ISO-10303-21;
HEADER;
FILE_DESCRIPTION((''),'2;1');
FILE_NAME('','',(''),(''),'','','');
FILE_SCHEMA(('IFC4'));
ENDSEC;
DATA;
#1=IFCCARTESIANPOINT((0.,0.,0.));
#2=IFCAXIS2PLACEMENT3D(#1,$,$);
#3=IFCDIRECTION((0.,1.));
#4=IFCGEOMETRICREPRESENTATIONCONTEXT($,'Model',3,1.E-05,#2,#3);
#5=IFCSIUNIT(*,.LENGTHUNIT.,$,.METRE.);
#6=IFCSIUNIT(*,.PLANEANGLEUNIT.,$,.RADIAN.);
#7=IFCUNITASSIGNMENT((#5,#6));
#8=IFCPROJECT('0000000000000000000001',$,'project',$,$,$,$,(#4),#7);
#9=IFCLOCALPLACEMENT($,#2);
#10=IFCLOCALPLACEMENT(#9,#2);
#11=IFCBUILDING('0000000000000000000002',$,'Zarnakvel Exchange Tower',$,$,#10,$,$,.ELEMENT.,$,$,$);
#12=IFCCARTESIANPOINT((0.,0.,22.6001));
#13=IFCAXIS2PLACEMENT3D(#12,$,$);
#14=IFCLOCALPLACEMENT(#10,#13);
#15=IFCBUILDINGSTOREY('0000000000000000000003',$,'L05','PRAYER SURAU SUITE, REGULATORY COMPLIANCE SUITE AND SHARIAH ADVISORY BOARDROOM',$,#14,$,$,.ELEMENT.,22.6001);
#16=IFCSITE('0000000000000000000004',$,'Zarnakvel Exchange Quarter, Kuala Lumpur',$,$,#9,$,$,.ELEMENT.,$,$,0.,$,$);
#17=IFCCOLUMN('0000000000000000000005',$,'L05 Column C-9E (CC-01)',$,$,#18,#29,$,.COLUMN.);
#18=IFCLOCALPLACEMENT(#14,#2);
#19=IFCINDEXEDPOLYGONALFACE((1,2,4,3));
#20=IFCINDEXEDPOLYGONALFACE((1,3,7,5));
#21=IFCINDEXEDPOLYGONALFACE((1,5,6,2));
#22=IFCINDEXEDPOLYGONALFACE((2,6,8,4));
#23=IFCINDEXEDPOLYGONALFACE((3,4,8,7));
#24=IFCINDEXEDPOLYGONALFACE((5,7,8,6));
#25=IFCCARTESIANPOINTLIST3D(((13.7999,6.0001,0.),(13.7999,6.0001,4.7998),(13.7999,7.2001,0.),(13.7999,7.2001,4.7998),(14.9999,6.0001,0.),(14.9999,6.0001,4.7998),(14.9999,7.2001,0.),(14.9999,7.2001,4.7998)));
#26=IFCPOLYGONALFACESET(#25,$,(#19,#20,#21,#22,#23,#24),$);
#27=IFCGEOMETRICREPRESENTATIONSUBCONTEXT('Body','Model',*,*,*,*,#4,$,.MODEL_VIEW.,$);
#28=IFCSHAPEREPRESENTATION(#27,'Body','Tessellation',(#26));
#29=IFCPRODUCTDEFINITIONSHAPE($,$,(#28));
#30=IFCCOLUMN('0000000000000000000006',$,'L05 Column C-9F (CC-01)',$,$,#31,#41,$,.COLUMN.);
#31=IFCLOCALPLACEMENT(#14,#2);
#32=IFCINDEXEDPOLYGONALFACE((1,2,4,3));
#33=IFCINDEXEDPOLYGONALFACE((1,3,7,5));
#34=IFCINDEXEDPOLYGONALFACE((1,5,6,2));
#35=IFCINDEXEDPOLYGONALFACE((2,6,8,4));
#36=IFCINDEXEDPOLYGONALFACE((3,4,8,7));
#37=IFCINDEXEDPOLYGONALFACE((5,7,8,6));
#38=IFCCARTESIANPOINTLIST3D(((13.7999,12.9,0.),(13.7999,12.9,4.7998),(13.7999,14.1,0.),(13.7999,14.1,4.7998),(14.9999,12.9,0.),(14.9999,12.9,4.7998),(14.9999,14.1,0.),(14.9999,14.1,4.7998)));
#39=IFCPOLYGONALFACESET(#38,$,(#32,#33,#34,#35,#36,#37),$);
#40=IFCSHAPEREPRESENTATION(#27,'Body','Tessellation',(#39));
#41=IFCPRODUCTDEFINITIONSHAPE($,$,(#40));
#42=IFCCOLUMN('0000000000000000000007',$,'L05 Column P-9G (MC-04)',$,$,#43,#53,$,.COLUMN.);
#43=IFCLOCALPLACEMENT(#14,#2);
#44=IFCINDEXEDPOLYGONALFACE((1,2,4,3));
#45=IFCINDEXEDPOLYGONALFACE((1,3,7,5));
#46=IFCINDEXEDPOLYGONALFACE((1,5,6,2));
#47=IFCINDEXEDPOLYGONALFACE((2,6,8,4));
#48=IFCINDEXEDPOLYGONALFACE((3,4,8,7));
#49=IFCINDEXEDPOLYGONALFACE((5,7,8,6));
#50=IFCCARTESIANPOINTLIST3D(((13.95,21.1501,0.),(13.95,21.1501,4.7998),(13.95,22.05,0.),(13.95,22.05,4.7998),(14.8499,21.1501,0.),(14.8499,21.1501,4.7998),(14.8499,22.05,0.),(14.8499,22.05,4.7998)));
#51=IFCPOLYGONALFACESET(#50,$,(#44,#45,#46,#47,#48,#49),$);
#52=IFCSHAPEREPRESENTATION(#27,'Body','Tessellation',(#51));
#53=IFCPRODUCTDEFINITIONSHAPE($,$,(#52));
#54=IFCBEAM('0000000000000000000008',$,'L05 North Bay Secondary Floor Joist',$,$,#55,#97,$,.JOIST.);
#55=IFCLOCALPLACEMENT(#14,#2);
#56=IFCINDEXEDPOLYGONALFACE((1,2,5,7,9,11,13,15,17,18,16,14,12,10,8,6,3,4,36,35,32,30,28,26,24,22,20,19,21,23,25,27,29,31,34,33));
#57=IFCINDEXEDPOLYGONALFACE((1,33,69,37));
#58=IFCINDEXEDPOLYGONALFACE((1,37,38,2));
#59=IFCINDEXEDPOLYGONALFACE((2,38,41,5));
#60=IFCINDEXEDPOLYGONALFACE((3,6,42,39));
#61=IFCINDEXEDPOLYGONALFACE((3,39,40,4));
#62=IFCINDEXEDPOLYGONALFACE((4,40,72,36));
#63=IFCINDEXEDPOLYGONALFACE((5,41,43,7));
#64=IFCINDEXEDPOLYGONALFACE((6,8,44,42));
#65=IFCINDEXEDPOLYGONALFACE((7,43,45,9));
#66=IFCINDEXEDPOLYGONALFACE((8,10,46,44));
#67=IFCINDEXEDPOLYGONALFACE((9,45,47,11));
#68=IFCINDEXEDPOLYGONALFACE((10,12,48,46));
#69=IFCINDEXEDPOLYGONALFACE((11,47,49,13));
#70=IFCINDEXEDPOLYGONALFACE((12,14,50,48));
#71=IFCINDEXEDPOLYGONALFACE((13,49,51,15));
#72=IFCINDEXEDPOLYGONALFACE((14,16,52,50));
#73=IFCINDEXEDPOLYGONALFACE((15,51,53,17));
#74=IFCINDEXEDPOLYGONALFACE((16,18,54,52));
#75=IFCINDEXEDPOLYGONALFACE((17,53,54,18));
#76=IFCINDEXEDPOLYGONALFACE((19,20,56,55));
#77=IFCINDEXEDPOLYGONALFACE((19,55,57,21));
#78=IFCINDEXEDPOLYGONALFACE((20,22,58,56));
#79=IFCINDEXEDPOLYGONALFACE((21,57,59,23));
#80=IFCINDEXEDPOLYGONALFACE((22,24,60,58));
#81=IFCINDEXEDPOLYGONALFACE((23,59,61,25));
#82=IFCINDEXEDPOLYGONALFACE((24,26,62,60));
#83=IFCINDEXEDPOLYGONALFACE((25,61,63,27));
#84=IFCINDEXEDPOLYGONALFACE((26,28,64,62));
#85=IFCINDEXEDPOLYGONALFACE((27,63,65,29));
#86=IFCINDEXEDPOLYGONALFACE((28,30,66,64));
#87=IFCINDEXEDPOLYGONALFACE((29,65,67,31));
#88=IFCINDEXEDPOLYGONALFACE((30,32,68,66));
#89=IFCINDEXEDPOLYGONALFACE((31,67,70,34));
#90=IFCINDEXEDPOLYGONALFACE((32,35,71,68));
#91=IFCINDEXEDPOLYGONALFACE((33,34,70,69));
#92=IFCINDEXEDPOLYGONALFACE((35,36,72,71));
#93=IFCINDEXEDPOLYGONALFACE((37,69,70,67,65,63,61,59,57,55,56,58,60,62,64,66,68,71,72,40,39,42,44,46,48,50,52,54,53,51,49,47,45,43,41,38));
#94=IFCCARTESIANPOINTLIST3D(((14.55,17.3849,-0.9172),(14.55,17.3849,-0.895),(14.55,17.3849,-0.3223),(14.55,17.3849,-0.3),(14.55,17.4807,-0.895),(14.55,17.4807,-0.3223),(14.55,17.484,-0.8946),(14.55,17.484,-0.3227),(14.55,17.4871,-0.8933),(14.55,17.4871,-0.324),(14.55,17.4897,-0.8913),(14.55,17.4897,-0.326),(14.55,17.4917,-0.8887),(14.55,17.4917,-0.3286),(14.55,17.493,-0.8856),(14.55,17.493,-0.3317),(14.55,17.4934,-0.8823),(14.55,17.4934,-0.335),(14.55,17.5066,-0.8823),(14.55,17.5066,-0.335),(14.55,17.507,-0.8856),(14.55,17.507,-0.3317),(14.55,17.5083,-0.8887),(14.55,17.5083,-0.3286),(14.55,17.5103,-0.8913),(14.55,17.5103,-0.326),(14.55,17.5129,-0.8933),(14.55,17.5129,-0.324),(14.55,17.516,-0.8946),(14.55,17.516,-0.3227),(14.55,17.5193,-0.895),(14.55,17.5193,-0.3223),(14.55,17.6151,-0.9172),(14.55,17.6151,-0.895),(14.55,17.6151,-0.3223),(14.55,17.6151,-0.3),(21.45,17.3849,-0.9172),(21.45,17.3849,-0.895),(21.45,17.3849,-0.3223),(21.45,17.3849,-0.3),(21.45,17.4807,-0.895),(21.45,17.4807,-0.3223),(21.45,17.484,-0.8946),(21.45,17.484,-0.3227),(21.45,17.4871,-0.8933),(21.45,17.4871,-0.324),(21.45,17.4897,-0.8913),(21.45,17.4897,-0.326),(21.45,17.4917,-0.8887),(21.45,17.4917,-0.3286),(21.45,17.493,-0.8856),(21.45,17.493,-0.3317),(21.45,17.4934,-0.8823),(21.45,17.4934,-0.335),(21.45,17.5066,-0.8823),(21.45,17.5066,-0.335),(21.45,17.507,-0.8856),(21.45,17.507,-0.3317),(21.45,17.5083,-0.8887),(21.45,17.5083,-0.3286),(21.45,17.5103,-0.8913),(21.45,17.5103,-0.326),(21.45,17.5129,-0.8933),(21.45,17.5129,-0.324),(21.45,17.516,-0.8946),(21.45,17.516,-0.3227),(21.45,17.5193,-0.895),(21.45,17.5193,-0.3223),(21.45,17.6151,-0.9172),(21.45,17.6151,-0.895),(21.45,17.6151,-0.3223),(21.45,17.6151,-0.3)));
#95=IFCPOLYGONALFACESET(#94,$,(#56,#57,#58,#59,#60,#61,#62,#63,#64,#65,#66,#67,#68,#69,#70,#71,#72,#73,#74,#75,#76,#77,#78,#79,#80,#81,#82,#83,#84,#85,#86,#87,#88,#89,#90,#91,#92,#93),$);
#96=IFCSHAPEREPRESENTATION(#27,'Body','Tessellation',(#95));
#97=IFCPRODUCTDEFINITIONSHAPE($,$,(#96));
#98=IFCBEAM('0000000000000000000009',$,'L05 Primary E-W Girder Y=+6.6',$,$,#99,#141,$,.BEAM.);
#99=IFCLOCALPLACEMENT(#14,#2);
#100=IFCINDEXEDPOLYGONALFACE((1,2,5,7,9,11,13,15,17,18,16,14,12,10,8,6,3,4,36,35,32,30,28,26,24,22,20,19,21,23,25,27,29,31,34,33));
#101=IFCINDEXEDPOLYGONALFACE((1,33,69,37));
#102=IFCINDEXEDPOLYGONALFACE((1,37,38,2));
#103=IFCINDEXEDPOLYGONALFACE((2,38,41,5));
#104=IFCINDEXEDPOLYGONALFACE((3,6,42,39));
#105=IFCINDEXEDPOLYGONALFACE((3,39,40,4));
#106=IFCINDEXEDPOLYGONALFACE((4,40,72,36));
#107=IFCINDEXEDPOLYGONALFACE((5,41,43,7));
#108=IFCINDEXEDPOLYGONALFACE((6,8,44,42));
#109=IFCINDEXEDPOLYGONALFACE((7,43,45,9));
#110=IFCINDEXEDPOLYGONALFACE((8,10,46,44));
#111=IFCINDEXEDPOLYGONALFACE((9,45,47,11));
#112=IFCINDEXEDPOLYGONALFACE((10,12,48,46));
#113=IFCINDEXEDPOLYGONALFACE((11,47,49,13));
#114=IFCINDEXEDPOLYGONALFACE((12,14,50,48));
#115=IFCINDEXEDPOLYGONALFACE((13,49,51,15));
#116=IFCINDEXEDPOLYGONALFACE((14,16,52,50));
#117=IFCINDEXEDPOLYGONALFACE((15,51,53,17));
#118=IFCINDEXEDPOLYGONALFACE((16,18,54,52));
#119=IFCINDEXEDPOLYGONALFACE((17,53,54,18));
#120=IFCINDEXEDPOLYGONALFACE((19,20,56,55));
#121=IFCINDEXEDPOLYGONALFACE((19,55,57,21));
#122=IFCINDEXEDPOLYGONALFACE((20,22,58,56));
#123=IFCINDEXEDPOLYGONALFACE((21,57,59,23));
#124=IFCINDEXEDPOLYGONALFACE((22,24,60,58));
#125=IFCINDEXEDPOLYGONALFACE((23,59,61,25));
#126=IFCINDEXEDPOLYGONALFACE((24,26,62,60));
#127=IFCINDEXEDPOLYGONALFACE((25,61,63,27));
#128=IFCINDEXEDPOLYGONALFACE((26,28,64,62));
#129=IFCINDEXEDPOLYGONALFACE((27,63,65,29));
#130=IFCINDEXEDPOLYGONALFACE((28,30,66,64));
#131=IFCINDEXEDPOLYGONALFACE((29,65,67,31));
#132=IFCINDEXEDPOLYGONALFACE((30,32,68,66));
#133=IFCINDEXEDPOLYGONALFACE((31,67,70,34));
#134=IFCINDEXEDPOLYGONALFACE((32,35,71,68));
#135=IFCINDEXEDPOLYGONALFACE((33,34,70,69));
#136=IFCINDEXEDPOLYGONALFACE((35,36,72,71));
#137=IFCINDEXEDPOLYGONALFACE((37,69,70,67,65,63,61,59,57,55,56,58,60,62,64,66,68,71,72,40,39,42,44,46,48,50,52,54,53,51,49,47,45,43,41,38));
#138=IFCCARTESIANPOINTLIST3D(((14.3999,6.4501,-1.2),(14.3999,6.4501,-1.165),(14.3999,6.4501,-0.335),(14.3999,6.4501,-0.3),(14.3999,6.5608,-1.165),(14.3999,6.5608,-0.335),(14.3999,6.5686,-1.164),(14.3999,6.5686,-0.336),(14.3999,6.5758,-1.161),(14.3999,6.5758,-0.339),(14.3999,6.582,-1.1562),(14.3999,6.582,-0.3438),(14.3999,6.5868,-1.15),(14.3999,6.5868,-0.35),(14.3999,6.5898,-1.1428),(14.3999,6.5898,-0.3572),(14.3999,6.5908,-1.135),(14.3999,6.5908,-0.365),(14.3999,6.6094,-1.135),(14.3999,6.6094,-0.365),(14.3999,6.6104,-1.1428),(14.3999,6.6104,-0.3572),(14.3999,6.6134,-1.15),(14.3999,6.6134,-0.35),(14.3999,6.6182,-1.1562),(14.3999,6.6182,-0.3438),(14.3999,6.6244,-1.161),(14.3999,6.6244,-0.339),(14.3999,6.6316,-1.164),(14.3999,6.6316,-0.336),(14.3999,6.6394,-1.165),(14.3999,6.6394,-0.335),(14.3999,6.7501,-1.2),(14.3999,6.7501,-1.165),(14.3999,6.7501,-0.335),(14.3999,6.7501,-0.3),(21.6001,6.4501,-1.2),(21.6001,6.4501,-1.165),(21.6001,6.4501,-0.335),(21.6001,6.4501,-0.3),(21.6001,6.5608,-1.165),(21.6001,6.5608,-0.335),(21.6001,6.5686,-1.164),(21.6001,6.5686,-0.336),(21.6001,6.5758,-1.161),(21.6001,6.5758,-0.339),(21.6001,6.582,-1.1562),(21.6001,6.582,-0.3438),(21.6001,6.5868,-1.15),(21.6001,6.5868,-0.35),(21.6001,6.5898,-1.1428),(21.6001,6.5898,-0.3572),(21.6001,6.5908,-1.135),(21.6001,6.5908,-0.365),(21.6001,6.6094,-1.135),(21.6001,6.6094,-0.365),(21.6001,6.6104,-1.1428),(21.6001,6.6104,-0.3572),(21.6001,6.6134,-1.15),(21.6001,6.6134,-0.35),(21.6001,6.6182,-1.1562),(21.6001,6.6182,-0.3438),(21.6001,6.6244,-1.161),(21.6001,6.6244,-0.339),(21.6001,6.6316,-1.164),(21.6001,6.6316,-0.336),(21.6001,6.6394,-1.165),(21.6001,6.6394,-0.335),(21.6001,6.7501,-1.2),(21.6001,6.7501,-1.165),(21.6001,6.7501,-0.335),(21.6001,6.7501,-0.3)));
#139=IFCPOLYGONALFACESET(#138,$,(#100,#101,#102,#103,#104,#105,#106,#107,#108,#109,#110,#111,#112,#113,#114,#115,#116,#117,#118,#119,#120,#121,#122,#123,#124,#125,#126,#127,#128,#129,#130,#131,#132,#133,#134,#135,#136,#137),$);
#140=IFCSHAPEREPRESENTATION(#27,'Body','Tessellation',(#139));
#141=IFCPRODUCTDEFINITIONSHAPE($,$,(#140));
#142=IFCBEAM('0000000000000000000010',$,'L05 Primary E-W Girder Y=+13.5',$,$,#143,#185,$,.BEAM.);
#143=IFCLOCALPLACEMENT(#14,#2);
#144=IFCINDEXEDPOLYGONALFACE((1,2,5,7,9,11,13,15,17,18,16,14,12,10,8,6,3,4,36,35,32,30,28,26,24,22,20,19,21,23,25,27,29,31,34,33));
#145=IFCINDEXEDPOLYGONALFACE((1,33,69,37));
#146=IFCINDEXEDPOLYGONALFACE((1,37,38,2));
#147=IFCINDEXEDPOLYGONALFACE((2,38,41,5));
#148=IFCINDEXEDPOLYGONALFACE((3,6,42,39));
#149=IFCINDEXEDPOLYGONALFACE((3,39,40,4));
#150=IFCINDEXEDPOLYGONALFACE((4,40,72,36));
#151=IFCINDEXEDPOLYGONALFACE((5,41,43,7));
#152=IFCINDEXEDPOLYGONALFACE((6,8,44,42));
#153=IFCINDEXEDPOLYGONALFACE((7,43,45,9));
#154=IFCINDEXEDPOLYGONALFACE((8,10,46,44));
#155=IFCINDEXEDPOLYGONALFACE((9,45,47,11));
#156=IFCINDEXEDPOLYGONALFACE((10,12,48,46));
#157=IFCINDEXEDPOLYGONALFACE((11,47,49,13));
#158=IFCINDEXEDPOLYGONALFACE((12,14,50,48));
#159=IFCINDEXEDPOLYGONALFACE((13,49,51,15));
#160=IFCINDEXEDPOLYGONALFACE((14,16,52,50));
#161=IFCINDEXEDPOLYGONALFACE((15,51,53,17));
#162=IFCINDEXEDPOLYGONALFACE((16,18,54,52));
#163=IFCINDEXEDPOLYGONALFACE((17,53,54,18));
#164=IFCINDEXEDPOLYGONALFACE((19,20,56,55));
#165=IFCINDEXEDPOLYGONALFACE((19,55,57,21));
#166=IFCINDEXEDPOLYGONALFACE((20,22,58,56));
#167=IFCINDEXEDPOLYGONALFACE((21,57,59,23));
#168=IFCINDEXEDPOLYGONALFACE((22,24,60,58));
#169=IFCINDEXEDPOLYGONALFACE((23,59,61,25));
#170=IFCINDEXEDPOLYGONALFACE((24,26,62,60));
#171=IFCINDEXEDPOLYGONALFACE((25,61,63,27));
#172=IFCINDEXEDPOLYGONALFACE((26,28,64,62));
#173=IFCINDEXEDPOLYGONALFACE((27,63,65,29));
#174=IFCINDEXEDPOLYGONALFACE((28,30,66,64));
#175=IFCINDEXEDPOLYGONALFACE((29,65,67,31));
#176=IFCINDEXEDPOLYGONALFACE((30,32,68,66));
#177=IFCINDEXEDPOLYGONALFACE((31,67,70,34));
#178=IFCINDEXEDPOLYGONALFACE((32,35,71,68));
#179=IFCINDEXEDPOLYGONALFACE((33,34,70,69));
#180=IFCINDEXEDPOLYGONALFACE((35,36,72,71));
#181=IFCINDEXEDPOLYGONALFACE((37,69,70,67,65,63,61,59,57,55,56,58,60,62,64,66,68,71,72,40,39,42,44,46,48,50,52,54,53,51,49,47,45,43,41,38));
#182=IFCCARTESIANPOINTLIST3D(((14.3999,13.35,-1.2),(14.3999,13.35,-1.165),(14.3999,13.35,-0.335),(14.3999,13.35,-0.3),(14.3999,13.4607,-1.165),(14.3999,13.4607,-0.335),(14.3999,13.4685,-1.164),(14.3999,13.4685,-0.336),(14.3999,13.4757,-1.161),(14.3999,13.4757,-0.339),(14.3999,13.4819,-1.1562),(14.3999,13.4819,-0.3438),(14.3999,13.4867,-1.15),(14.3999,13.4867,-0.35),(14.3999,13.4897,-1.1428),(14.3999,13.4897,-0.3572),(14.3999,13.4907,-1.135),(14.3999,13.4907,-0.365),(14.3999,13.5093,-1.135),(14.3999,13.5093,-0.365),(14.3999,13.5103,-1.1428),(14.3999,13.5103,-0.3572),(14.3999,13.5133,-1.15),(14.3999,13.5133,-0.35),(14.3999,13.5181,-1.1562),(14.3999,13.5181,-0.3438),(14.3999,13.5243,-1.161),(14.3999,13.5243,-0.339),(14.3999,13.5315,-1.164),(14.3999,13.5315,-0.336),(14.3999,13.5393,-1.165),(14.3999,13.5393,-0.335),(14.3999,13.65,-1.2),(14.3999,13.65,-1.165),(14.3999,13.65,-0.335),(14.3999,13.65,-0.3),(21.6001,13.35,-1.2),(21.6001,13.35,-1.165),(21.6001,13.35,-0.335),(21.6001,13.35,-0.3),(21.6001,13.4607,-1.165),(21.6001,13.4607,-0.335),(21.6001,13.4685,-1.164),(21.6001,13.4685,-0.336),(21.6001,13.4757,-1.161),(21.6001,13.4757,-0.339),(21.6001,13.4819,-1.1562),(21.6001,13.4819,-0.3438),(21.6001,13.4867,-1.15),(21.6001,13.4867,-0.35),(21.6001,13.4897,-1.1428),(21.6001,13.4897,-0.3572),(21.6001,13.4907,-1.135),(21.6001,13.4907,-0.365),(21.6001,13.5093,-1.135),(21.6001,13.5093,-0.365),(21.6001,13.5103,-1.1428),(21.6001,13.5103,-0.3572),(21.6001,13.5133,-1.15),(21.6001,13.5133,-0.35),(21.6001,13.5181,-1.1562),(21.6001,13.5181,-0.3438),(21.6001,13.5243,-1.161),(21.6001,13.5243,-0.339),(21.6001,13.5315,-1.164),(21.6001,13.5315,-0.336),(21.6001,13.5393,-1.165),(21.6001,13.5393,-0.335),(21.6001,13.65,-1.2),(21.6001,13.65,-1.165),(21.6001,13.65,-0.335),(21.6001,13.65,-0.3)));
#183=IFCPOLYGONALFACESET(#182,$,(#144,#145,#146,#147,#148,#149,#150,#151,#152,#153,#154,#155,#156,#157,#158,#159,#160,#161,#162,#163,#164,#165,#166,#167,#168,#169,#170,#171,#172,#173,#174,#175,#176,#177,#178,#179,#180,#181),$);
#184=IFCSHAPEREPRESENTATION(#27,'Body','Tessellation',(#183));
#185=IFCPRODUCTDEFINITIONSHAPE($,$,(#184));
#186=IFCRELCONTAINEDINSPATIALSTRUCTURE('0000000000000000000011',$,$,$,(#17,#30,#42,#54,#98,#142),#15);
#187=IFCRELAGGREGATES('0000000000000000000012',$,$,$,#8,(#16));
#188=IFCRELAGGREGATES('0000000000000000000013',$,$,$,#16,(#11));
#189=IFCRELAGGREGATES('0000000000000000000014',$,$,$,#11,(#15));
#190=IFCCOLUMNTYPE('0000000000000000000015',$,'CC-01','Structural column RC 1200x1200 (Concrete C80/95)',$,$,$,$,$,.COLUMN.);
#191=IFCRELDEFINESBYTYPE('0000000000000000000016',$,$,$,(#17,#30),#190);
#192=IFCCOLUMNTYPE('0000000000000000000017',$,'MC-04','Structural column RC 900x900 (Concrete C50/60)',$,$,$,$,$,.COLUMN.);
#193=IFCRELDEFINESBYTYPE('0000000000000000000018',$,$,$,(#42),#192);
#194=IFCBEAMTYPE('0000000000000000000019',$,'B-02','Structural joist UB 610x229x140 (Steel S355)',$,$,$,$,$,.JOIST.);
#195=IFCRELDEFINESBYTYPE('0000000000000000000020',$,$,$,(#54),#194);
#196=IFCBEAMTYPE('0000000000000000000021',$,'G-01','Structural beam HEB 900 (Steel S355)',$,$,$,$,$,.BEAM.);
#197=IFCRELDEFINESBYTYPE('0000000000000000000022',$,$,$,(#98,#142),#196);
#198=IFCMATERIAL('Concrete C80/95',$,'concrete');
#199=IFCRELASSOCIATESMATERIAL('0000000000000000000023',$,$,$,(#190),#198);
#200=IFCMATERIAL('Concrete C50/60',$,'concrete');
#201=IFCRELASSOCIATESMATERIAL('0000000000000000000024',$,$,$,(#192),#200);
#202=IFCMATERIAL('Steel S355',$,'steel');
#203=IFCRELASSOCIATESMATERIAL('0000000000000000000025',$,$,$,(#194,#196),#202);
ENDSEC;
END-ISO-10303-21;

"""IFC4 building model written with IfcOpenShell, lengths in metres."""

from ifc_helpers import new_model, si_unit, direction, frame, origin, origin_2d, place, context, subcontext, project, spatial, rectangle, i_section, extrude, material, material_profile, profile_set, type_object, element, save


model = new_model("IFC4")

# Units and contexts
model_context = context("Model", 3, precision=1e-05, world=origin(), true_north=direction((0.0, 1.0)))
body_context = subcontext(model_context, "Body", "Model", "MODEL_VIEW")
ifc_project = project(units=[si_unit("LENGTHUNIT", "METRE"), si_unit("PLANEANGLEUNIT", "RADIAN")], contexts=[model_context])

# Site, building, storey
site_placement = place(None, origin())
site = spatial("IfcSite", under=ifc_project, at=site_placement, Name="Zarnakvel Exchange Quarter, Kuala Lumpur", CompositionType="ELEMENT", RefElevation=0.0)
building_placement = place(site_placement, origin())
building = spatial("IfcBuilding", under=site, at=building_placement, Name="Zarnakvel Exchange Tower", CompositionType="ELEMENT")
storey_placement = place(building_placement, frame((0.0, 0.0, 22.6001)))
storey = spatial("IfcBuildingStorey", under=building, at=storey_placement, Name="L05", Description="PRAYER SURAU SUITE, REGULATORY COMPLIANCE SUITE AND SHARIAH ADVISORY BOARDROOM", CompositionType="ELEMENT", Elevation=22.6001)

# Columns
ifc_material_1 = material(Name="Concrete C80/95", Category="concrete")
ifc_material_profile_1 = material_profile(ifc_material_1, rectangle(XDim=1.2, YDim=1.2, at=origin_2d()))
ifc_profile_set_1 = profile_set([ifc_material_profile_1], Name="Concrete C80/95")
column_type_1 = type_object("IfcColumnType", Name="CC-01", Description="Structural column RC 1200x1200 (Concrete C80/95)", PredefinedType="COLUMN", material=ifc_profile_set_1)
for number, where, z_axis, x_axis, name in (
    (1, (14.3999, 6.6001, 0.0), (0.0, 0.0, 1.0), (1.0, 0.0, 0.0), "L05 Column C-9E (CC-01)"),
    (2, (14.3999, 13.5, 0.0), (0.0, 0.0, 1.0), (1.0, 0.0, 0.0), "L05 Column C-9F (CC-01)"),
):
    element("IfcColumn", number, at=place(storey_placement, frame(where, z_axis=z_axis, x_axis=x_axis)), inside=storey, type_object=column_type_1, Name=name, PredefinedType="COLUMN", context=body_context, shape_type="SweptSolid", body=[
        extrude(rectangle(XDim=1.2, YDim=1.2, at=origin_2d()), origin(), (0.0, 0.0, 1.0), 4.7998),
    ])
ifc_material_2 = material(Name="Concrete C50/60", Category="concrete")
ifc_material_profile_2 = material_profile(ifc_material_2, rectangle(XDim=0.8999, YDim=0.8999, at=origin_2d()))
ifc_profile_set_2 = profile_set([ifc_material_profile_2], Name="Concrete C50/60")
column_type_2 = type_object("IfcColumnType", Name="MC-04", Description="Structural column RC 900x900 (Concrete C50/60)", PredefinedType="COLUMN", material=ifc_profile_set_2)
column_placement = place(storey_placement, frame((14.3999, 21.6001, 0.0), z_axis=(0.0, 0.0, 1.0), x_axis=(1.0, 0.0, 0.0)))
element("IfcColumn", 3, at=column_placement, inside=storey, type_object=column_type_2, Name="L05 Column P-9G (MC-04)", PredefinedType="COLUMN", context=body_context, shape_type="SweptSolid", body=[
    extrude(rectangle(XDim=0.8999, YDim=0.8999, at=origin_2d()), origin(), (0.0, 0.0, 1.0), 4.7998),
])

# Beams
ifc_material_3 = material(Name="Steel S355", Category="steel")
ifc_material_profile_3 = material_profile(ifc_material_3, i_section(OverallWidth=0.2302, OverallDepth=0.6172, WebThickness=0.0132, FlangeThickness=0.0222, FilletRadius=0.0127, at=origin_2d()))
ifc_profile_set_3 = profile_set([ifc_material_profile_3], Name="Steel S355")
beam_type_1 = type_object("IfcBeamType", Name="B-02", Description="Structural joist UB 610x229x140 (Steel S355)", PredefinedType="JOIST", material=ifc_profile_set_3)
beam_1_placement = place(storey_placement, frame((14.55, 17.5, -0.6086), z_axis=(1.0, 0.0, 0.0), x_axis=(0.0, 1.0, 0.0)))
element("IfcBeam", 4, at=beam_1_placement, inside=storey, type_object=beam_type_1, Name="L05 North Bay Secondary Floor Joist", PredefinedType="JOIST", context=body_context, shape_type="SweptSolid", body=[
    extrude(i_section(OverallWidth=0.2302, OverallDepth=0.6172, WebThickness=0.0132, FlangeThickness=0.0222, FilletRadius=0.0127, at=origin_2d()), origin(), (0.0, 0.0, 1.0), 6.8999),
])
ifc_material_profile_4 = material_profile(ifc_material_3, i_section(OverallWidth=0.3, OverallDepth=0.8999, WebThickness=0.0186, FlangeThickness=0.0349, FilletRadius=0.03, at=origin_2d()))
ifc_profile_set_4 = profile_set([ifc_material_profile_4], Name="Steel S355")
beam_type_2 = type_object("IfcBeamType", Name="G-01", Description="Structural beam HEB 900 (Steel S355)", PredefinedType="BEAM", material=ifc_profile_set_4)
for number, where, z_axis, x_axis, name in (
    (5, (14.3999, 6.6001, -0.75), (1.0, 0.0, 0.0), (0.0, 1.0, 0.0), "L05 Primary E-W Girder Y=+6.6"),
    (6, (14.3999, 13.5, -0.75), (1.0, 0.0, 0.0), (0.0, 1.0, 0.0), "L05 Primary E-W Girder Y=+13.5"),
):
    element("IfcBeam", number, at=place(storey_placement, frame(where, z_axis=z_axis, x_axis=x_axis)), inside=storey, type_object=beam_type_2, Name=name, PredefinedType="BEAM", context=body_context, shape_type="SweptSolid", body=[
        extrude(i_section(OverallWidth=0.3, OverallDepth=0.8999, WebThickness=0.0186, FlangeThickness=0.0349, FilletRadius=0.03, at=origin_2d()), origin(), (0.0, 0.0, 1.0), 7.2002),
    ])

save(model, "model.ifc")
